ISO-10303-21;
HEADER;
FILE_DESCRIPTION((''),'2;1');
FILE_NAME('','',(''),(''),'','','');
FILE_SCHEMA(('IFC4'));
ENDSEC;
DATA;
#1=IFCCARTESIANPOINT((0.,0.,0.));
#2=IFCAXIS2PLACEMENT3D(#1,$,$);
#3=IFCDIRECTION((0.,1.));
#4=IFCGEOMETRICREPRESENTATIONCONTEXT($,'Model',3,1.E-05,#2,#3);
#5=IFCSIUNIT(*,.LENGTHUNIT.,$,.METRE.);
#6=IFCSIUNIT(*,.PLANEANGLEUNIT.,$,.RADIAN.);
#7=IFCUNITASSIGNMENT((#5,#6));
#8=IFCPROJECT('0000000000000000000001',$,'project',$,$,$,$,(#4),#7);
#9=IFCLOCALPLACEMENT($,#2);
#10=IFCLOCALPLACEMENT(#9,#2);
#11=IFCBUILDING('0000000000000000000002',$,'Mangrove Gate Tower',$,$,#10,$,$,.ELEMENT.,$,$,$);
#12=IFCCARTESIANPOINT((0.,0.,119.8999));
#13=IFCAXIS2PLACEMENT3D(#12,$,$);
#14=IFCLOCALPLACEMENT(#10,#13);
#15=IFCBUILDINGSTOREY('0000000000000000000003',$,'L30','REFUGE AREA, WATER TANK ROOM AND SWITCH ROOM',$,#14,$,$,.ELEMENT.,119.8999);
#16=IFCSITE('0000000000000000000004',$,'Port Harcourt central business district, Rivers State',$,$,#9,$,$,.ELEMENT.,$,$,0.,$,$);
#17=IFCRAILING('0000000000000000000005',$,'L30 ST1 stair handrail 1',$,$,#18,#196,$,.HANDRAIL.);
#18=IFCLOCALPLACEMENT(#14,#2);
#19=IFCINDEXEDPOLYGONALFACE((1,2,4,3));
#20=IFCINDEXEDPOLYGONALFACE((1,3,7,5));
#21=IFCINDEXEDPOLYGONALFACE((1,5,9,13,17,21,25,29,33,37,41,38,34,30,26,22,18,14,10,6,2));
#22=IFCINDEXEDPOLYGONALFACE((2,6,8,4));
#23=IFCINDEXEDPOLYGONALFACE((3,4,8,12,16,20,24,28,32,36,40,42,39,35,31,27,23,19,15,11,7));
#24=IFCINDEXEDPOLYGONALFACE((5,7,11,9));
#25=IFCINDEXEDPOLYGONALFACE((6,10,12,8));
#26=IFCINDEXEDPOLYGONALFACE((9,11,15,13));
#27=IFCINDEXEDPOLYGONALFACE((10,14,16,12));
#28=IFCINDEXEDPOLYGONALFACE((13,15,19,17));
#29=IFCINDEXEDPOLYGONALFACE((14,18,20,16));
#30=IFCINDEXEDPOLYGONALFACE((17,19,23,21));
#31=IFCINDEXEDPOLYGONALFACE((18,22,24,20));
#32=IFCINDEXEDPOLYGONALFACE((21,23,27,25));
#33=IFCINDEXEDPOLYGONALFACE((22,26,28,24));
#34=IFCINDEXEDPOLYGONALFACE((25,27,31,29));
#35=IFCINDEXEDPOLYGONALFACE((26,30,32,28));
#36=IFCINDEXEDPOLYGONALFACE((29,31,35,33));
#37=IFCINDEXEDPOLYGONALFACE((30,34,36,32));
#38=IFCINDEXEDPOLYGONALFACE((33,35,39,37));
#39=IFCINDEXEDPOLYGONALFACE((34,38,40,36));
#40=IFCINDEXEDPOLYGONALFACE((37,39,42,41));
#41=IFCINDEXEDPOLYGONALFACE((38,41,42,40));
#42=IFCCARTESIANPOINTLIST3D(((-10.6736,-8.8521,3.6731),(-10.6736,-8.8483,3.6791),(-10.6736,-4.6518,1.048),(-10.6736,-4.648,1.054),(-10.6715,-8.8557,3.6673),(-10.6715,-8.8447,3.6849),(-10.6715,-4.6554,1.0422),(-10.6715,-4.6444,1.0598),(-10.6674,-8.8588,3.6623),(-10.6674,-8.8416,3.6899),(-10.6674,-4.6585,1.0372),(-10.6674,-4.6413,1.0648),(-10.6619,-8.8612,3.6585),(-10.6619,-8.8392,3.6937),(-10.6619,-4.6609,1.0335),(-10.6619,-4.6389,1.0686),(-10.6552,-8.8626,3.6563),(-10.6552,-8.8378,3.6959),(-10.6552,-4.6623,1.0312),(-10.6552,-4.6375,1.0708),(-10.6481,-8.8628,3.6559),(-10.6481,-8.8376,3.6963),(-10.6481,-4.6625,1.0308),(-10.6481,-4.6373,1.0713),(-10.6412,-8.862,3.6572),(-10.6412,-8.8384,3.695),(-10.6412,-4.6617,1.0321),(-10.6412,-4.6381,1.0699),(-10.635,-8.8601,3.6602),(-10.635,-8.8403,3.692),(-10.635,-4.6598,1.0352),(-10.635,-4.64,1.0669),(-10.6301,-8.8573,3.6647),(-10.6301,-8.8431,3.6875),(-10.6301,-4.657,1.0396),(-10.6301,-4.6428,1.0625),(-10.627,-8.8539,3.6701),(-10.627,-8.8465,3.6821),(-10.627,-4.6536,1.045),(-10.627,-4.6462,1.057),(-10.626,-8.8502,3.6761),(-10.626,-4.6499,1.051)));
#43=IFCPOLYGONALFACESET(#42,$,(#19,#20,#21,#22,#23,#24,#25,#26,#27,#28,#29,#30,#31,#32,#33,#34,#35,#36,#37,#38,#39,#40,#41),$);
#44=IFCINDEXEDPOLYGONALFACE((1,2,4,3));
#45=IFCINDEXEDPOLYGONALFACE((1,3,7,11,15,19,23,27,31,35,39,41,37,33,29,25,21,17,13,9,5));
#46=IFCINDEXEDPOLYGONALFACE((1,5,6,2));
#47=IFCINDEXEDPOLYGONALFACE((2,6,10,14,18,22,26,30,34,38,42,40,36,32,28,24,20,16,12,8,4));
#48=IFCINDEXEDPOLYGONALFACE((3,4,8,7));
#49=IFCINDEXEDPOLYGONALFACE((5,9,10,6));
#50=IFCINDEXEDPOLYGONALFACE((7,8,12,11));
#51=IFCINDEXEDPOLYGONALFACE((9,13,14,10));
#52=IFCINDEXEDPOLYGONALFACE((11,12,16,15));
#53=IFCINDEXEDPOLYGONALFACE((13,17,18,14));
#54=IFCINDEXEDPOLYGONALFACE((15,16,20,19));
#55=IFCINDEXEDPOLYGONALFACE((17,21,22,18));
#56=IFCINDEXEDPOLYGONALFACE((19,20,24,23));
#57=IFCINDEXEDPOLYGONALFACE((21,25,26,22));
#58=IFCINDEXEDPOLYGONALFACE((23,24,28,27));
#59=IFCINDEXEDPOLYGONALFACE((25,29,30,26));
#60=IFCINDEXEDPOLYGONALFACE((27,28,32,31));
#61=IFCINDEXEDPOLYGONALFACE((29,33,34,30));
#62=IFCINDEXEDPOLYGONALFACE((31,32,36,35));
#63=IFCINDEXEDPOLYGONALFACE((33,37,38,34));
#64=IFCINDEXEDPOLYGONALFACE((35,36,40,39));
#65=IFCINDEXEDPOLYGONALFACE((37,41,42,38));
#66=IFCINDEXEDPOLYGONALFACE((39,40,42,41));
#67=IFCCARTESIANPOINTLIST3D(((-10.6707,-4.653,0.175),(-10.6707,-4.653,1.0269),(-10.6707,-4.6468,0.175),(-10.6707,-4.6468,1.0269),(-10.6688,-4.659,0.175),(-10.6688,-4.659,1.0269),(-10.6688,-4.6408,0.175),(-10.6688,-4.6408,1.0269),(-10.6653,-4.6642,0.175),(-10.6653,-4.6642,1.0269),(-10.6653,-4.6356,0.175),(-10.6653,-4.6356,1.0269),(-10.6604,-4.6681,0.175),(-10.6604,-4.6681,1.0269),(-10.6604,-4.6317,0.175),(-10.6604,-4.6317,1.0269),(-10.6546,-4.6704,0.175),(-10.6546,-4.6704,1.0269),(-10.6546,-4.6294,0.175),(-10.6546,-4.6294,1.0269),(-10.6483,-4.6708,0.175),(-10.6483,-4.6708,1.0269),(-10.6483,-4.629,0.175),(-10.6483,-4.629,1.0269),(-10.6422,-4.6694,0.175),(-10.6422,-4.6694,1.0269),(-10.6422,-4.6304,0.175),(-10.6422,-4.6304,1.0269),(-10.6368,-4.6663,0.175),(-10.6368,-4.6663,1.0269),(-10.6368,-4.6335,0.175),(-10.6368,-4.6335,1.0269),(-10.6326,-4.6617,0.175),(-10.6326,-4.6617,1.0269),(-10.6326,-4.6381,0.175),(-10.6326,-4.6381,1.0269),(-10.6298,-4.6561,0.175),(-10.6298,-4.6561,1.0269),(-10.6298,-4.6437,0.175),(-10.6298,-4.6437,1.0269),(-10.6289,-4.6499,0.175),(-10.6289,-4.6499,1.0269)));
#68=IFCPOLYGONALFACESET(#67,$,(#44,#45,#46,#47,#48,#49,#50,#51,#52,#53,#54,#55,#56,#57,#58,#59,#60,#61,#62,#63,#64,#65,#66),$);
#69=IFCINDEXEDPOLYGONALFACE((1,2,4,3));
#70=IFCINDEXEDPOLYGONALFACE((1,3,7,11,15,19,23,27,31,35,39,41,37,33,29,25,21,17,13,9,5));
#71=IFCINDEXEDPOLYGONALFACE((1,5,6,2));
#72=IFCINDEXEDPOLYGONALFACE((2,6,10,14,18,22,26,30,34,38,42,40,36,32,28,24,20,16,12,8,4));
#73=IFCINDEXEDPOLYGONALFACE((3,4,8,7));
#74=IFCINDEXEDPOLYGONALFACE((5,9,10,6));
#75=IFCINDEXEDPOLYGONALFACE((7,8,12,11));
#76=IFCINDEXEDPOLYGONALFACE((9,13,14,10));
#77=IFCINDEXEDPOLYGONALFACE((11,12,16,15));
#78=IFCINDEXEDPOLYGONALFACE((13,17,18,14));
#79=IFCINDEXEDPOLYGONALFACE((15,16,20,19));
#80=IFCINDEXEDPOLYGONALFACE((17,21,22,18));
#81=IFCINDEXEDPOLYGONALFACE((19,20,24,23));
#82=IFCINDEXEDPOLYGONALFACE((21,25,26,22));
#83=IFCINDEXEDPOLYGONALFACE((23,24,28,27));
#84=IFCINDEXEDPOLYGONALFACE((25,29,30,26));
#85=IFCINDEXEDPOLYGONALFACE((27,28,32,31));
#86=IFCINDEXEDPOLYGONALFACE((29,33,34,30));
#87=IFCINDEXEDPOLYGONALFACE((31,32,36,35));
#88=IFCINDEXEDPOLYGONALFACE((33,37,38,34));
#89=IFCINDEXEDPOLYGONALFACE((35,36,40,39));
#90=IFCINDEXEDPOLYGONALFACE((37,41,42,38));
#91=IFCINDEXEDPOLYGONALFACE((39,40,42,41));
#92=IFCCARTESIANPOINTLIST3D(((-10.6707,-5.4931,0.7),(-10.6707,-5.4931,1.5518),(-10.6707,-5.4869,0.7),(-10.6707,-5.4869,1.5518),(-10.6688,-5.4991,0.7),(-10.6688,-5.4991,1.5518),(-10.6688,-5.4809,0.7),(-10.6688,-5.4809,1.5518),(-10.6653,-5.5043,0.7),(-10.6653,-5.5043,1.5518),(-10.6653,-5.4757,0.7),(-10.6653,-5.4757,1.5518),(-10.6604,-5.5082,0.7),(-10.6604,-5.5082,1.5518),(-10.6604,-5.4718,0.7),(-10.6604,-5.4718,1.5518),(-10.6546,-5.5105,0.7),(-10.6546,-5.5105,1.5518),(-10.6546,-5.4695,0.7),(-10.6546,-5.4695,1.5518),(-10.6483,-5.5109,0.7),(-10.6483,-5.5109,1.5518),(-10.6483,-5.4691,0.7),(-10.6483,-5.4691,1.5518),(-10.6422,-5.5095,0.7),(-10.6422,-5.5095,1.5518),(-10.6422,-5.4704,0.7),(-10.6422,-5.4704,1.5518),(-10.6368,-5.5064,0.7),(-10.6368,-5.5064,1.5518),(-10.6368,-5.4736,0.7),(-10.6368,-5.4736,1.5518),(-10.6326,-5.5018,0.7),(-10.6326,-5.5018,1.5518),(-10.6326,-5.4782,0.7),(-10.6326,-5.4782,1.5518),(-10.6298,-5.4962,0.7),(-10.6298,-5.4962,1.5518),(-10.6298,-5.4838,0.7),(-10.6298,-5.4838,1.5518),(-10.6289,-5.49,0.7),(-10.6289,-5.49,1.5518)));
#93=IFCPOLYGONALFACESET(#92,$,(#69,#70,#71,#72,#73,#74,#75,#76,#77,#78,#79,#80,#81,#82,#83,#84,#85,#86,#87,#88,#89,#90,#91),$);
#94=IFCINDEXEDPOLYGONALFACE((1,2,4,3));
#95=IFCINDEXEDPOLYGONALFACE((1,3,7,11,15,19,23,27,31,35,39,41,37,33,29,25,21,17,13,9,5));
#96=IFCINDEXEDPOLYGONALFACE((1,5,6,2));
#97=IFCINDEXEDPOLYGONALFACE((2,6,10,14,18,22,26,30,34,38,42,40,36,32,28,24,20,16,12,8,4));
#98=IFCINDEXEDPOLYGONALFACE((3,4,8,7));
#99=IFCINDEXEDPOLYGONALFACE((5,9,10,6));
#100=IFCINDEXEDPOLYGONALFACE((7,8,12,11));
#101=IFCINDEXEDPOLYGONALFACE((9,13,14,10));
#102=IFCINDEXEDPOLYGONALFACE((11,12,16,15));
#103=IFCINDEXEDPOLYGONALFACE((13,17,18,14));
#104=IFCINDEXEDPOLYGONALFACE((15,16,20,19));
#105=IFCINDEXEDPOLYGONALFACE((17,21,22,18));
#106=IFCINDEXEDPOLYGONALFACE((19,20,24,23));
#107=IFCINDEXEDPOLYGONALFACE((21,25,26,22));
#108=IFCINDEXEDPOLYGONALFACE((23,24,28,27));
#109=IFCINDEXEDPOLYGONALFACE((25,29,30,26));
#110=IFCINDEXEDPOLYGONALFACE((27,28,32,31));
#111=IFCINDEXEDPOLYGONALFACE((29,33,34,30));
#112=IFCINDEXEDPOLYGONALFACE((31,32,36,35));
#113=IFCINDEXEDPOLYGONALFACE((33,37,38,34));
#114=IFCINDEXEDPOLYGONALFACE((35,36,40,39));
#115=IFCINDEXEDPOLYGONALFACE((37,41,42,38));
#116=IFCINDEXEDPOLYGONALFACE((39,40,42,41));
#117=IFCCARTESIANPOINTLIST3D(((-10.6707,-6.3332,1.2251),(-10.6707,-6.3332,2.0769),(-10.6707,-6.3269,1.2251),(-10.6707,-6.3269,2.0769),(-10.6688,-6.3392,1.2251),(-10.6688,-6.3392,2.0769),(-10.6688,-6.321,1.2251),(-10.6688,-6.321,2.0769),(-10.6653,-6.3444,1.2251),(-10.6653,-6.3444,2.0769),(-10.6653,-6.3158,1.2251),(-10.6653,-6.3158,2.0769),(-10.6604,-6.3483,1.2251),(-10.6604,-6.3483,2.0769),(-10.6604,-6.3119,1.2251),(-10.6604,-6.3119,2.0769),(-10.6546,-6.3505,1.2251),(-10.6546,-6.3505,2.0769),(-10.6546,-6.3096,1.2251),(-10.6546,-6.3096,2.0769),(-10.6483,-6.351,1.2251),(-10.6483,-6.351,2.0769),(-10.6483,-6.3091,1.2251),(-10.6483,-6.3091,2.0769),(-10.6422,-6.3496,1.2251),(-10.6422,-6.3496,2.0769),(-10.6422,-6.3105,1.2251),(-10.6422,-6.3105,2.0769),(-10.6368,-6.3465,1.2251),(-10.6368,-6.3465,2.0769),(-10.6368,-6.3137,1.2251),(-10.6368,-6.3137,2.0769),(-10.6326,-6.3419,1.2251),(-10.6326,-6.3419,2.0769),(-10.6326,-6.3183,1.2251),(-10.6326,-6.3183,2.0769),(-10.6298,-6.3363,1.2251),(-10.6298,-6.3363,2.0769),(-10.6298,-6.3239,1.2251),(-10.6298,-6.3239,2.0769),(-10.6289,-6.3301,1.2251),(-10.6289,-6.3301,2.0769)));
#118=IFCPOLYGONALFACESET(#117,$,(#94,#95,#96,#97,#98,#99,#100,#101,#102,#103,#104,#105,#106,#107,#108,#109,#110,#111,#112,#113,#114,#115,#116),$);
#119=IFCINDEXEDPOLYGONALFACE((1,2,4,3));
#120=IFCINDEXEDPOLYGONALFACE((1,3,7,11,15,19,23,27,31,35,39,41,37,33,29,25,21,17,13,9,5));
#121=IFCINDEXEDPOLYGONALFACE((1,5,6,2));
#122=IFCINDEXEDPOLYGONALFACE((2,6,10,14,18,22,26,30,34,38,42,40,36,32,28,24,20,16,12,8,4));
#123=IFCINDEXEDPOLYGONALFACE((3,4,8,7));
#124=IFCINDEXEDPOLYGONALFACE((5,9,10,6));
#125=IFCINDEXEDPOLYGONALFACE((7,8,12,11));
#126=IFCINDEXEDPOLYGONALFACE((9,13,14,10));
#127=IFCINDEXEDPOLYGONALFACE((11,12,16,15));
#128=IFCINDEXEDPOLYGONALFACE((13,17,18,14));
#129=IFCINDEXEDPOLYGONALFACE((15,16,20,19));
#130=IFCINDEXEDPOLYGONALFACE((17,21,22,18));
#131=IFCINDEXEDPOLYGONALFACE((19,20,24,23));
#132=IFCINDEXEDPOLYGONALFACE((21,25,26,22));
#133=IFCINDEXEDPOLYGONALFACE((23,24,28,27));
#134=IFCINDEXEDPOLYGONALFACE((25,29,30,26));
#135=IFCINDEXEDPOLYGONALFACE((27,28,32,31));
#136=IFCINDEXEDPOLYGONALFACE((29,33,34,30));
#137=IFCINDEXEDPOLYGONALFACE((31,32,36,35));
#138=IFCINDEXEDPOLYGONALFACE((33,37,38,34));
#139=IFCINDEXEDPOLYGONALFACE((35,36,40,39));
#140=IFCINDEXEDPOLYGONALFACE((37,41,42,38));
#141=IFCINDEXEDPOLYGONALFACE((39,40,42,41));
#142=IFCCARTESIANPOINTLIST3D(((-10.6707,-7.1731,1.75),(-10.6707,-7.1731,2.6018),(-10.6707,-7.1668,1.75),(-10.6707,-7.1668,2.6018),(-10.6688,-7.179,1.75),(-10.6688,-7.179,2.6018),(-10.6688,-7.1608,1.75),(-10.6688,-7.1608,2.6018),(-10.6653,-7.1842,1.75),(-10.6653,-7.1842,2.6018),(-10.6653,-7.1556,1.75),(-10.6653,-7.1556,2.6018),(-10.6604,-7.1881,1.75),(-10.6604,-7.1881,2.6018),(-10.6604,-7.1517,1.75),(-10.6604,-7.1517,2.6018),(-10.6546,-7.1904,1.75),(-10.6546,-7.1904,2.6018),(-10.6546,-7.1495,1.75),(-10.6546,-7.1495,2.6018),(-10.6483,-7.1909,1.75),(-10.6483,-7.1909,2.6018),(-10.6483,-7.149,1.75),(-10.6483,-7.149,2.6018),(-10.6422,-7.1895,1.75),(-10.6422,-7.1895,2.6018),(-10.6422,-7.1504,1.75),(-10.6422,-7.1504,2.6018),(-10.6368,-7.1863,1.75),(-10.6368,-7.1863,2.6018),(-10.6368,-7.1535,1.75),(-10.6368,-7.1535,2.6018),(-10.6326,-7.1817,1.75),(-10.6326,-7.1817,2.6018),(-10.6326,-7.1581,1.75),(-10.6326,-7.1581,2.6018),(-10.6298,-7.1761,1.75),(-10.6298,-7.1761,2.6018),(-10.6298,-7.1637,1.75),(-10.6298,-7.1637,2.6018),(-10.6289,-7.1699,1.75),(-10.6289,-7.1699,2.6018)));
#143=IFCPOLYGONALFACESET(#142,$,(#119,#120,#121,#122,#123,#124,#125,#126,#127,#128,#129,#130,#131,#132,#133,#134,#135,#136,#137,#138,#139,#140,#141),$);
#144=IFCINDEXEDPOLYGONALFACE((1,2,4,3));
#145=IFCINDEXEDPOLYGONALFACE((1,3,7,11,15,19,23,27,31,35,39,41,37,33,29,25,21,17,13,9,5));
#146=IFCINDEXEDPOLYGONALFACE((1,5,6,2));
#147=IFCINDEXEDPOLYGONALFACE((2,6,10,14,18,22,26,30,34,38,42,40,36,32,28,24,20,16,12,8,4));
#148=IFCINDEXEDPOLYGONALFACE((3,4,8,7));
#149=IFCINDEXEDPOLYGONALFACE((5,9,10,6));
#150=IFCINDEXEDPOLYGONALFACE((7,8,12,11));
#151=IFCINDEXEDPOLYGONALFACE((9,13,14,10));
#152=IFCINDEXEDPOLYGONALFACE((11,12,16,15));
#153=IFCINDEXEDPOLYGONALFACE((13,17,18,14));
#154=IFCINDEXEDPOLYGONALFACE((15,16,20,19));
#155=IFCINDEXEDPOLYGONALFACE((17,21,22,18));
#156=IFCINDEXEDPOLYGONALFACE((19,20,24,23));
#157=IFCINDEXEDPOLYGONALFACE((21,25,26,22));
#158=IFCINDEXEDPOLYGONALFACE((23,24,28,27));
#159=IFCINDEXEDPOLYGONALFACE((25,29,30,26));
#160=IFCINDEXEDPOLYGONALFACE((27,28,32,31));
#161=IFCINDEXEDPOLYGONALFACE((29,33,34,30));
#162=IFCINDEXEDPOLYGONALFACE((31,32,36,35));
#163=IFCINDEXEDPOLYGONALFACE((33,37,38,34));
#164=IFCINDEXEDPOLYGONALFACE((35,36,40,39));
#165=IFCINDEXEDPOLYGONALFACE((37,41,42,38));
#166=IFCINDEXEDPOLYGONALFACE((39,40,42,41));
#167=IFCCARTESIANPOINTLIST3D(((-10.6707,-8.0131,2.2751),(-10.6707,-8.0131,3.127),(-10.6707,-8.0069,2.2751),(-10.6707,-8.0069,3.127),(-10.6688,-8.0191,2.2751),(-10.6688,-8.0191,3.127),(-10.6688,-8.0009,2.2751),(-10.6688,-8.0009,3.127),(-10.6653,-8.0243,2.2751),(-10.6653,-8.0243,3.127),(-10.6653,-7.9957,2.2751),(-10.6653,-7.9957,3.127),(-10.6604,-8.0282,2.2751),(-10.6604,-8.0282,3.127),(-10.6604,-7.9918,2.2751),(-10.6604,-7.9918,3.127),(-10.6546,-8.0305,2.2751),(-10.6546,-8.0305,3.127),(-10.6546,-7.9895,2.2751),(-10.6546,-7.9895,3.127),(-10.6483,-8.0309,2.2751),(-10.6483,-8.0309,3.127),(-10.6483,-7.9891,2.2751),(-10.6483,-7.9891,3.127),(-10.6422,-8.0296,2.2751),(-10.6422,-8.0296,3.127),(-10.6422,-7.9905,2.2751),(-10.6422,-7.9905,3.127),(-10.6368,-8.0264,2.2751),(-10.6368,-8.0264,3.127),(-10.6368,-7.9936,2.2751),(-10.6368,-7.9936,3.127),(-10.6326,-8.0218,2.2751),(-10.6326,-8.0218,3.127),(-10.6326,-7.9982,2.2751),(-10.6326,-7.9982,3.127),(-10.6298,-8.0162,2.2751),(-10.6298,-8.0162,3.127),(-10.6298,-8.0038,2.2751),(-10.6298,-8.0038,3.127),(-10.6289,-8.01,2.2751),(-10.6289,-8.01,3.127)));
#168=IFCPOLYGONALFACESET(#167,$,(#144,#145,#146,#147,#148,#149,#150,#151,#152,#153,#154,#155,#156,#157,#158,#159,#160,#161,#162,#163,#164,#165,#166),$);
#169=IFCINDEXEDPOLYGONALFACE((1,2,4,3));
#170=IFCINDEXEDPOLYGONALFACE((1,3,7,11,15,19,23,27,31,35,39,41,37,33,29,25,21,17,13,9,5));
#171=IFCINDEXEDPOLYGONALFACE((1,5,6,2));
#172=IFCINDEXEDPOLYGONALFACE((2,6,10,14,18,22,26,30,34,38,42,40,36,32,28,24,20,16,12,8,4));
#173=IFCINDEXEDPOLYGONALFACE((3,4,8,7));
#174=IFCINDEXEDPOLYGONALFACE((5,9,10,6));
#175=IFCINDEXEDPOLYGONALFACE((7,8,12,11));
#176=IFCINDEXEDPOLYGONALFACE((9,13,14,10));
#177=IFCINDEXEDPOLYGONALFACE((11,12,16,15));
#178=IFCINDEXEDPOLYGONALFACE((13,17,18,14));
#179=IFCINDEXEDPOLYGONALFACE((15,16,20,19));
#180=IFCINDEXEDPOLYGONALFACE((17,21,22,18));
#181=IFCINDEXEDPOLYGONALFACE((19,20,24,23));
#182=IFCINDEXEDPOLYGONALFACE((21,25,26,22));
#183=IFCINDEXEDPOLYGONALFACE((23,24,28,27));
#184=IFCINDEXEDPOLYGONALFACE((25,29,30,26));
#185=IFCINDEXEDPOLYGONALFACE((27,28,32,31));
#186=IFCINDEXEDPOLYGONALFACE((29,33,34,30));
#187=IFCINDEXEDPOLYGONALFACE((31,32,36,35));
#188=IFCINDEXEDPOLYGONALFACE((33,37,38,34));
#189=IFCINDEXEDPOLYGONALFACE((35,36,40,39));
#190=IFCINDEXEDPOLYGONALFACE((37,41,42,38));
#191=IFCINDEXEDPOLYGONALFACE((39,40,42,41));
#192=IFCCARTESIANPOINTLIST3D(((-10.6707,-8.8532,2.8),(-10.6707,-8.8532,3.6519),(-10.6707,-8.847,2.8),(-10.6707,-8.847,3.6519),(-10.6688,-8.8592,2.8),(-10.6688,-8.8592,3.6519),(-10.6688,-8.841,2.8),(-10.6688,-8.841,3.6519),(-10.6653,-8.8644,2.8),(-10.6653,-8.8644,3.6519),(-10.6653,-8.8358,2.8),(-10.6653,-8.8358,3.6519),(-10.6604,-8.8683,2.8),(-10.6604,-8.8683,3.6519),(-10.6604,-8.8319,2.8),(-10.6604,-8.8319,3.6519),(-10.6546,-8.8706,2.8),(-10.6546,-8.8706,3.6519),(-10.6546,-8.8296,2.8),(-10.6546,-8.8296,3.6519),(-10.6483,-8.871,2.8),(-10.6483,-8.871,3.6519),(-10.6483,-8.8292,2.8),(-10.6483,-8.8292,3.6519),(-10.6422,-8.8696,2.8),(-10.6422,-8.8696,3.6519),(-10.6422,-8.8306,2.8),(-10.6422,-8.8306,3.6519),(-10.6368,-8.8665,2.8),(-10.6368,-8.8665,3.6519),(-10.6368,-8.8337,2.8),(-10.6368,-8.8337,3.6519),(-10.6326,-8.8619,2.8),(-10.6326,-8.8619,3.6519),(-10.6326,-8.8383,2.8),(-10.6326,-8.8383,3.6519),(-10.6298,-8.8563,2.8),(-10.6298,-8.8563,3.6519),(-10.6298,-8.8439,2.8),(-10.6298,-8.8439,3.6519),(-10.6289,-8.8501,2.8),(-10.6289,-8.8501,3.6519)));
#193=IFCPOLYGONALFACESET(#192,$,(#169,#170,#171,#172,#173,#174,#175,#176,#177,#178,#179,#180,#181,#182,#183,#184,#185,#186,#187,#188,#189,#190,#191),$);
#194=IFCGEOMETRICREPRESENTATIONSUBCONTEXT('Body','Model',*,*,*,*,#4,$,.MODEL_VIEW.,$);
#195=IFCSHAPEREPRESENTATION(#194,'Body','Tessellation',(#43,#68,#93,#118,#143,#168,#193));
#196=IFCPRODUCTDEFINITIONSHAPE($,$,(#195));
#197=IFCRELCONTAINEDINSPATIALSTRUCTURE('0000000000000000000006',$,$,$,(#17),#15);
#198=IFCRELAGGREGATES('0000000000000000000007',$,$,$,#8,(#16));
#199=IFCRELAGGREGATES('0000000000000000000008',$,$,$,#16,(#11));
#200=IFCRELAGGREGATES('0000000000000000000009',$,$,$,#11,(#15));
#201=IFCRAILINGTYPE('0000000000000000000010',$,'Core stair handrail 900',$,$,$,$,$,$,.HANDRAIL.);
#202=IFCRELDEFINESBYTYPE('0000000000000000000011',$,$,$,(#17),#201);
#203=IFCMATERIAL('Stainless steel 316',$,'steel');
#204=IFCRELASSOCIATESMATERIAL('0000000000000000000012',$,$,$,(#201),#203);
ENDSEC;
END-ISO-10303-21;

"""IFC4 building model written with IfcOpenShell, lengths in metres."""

from ifc_helpers import new_model, si_unit, direction, frame, origin, origin_2d, place, context, subcontext, project, spatial, circle, extrude, material, type_object, element, save


model = new_model("IFC4")

# Units and contexts
model_context = context("Model", 3, precision=1e-05, world=origin(), true_north=direction((0.0, 1.0)))
body_context = subcontext(model_context, "Body", "Model", "MODEL_VIEW")
ifc_project = project(units=[si_unit("LENGTHUNIT", "METRE"), si_unit("PLANEANGLEUNIT", "RADIAN")], contexts=[model_context])

# Site, building, storey
site_placement = place(None, origin())
site = spatial("IfcSite", under=ifc_project, at=site_placement, Name="Port Harcourt central business district, Rivers State", CompositionType="ELEMENT", RefElevation=0.0)
building_placement = place(site_placement, origin())
building = spatial("IfcBuilding", under=site, at=building_placement, Name="Mangrove Gate Tower", CompositionType="ELEMENT")
storey_placement = place(building_placement, frame((0.0, 0.0, 119.8999)))
storey = spatial("IfcBuildingStorey", under=building, at=storey_placement, Name="L30", Description="REFUGE AREA, WATER TANK ROOM AND SWITCH ROOM", CompositionType="ELEMENT", Elevation=119.8999)

# Railing
ifc_material_1 = material(Name="Stainless steel 316", Category="steel")
railing_type_1 = type_object("IfcRailingType", Name="Core stair handrail 900", PredefinedType="HANDRAIL", material=ifc_material_1)
railing_1_placement = place(storey_placement, frame((-10.6499, -4.6499, 0.175)))
element("IfcRailing", 1, at=railing_1_placement, inside=storey, type_object=railing_type_1, Name="L30 ST1 stair handrail 1", PredefinedType="HANDRAIL", context=body_context, shape_type="SweptSolid", body=[
    extrude(circle(Radius=0.0239, at=origin_2d()), frame((0.0, 0.0, 0.876), z_axis=(0.0, -0.848009, 0.529981), x_axis=(1.0, 0.0, 0.0)), (0.0, 0.0, 1.0), 4.9531),
    extrude(circle(Radius=0.021, at=origin_2d()), origin(), (0.0, 0.0, 1.0), 0.8518),
    extrude(circle(Radius=0.021, at=origin_2d()), frame((0.0, -0.8401, 0.5249)), (0.0, 0.0, 1.0), 0.8518),
    extrude(circle(Radius=0.021, at=origin_2d()), frame((0.0, -1.6802, 1.05)), (0.0, 0.0, 1.0), 0.8518),
    extrude(circle(Radius=0.021, at=origin_2d()), frame((0.0, -2.52, 1.575)), (0.0, 0.0, 1.0), 0.8518),
    extrude(circle(Radius=0.021, at=origin_2d()), frame((0.0, -3.3601, 2.1001)), (0.0, 0.0, 1.0), 0.8518),
    extrude(circle(Radius=0.021, at=origin_2d()), frame((0.0, -4.2002, 2.625)), (0.0, 0.0, 1.0), 0.8518),
])

save(model, "model.ifc")
